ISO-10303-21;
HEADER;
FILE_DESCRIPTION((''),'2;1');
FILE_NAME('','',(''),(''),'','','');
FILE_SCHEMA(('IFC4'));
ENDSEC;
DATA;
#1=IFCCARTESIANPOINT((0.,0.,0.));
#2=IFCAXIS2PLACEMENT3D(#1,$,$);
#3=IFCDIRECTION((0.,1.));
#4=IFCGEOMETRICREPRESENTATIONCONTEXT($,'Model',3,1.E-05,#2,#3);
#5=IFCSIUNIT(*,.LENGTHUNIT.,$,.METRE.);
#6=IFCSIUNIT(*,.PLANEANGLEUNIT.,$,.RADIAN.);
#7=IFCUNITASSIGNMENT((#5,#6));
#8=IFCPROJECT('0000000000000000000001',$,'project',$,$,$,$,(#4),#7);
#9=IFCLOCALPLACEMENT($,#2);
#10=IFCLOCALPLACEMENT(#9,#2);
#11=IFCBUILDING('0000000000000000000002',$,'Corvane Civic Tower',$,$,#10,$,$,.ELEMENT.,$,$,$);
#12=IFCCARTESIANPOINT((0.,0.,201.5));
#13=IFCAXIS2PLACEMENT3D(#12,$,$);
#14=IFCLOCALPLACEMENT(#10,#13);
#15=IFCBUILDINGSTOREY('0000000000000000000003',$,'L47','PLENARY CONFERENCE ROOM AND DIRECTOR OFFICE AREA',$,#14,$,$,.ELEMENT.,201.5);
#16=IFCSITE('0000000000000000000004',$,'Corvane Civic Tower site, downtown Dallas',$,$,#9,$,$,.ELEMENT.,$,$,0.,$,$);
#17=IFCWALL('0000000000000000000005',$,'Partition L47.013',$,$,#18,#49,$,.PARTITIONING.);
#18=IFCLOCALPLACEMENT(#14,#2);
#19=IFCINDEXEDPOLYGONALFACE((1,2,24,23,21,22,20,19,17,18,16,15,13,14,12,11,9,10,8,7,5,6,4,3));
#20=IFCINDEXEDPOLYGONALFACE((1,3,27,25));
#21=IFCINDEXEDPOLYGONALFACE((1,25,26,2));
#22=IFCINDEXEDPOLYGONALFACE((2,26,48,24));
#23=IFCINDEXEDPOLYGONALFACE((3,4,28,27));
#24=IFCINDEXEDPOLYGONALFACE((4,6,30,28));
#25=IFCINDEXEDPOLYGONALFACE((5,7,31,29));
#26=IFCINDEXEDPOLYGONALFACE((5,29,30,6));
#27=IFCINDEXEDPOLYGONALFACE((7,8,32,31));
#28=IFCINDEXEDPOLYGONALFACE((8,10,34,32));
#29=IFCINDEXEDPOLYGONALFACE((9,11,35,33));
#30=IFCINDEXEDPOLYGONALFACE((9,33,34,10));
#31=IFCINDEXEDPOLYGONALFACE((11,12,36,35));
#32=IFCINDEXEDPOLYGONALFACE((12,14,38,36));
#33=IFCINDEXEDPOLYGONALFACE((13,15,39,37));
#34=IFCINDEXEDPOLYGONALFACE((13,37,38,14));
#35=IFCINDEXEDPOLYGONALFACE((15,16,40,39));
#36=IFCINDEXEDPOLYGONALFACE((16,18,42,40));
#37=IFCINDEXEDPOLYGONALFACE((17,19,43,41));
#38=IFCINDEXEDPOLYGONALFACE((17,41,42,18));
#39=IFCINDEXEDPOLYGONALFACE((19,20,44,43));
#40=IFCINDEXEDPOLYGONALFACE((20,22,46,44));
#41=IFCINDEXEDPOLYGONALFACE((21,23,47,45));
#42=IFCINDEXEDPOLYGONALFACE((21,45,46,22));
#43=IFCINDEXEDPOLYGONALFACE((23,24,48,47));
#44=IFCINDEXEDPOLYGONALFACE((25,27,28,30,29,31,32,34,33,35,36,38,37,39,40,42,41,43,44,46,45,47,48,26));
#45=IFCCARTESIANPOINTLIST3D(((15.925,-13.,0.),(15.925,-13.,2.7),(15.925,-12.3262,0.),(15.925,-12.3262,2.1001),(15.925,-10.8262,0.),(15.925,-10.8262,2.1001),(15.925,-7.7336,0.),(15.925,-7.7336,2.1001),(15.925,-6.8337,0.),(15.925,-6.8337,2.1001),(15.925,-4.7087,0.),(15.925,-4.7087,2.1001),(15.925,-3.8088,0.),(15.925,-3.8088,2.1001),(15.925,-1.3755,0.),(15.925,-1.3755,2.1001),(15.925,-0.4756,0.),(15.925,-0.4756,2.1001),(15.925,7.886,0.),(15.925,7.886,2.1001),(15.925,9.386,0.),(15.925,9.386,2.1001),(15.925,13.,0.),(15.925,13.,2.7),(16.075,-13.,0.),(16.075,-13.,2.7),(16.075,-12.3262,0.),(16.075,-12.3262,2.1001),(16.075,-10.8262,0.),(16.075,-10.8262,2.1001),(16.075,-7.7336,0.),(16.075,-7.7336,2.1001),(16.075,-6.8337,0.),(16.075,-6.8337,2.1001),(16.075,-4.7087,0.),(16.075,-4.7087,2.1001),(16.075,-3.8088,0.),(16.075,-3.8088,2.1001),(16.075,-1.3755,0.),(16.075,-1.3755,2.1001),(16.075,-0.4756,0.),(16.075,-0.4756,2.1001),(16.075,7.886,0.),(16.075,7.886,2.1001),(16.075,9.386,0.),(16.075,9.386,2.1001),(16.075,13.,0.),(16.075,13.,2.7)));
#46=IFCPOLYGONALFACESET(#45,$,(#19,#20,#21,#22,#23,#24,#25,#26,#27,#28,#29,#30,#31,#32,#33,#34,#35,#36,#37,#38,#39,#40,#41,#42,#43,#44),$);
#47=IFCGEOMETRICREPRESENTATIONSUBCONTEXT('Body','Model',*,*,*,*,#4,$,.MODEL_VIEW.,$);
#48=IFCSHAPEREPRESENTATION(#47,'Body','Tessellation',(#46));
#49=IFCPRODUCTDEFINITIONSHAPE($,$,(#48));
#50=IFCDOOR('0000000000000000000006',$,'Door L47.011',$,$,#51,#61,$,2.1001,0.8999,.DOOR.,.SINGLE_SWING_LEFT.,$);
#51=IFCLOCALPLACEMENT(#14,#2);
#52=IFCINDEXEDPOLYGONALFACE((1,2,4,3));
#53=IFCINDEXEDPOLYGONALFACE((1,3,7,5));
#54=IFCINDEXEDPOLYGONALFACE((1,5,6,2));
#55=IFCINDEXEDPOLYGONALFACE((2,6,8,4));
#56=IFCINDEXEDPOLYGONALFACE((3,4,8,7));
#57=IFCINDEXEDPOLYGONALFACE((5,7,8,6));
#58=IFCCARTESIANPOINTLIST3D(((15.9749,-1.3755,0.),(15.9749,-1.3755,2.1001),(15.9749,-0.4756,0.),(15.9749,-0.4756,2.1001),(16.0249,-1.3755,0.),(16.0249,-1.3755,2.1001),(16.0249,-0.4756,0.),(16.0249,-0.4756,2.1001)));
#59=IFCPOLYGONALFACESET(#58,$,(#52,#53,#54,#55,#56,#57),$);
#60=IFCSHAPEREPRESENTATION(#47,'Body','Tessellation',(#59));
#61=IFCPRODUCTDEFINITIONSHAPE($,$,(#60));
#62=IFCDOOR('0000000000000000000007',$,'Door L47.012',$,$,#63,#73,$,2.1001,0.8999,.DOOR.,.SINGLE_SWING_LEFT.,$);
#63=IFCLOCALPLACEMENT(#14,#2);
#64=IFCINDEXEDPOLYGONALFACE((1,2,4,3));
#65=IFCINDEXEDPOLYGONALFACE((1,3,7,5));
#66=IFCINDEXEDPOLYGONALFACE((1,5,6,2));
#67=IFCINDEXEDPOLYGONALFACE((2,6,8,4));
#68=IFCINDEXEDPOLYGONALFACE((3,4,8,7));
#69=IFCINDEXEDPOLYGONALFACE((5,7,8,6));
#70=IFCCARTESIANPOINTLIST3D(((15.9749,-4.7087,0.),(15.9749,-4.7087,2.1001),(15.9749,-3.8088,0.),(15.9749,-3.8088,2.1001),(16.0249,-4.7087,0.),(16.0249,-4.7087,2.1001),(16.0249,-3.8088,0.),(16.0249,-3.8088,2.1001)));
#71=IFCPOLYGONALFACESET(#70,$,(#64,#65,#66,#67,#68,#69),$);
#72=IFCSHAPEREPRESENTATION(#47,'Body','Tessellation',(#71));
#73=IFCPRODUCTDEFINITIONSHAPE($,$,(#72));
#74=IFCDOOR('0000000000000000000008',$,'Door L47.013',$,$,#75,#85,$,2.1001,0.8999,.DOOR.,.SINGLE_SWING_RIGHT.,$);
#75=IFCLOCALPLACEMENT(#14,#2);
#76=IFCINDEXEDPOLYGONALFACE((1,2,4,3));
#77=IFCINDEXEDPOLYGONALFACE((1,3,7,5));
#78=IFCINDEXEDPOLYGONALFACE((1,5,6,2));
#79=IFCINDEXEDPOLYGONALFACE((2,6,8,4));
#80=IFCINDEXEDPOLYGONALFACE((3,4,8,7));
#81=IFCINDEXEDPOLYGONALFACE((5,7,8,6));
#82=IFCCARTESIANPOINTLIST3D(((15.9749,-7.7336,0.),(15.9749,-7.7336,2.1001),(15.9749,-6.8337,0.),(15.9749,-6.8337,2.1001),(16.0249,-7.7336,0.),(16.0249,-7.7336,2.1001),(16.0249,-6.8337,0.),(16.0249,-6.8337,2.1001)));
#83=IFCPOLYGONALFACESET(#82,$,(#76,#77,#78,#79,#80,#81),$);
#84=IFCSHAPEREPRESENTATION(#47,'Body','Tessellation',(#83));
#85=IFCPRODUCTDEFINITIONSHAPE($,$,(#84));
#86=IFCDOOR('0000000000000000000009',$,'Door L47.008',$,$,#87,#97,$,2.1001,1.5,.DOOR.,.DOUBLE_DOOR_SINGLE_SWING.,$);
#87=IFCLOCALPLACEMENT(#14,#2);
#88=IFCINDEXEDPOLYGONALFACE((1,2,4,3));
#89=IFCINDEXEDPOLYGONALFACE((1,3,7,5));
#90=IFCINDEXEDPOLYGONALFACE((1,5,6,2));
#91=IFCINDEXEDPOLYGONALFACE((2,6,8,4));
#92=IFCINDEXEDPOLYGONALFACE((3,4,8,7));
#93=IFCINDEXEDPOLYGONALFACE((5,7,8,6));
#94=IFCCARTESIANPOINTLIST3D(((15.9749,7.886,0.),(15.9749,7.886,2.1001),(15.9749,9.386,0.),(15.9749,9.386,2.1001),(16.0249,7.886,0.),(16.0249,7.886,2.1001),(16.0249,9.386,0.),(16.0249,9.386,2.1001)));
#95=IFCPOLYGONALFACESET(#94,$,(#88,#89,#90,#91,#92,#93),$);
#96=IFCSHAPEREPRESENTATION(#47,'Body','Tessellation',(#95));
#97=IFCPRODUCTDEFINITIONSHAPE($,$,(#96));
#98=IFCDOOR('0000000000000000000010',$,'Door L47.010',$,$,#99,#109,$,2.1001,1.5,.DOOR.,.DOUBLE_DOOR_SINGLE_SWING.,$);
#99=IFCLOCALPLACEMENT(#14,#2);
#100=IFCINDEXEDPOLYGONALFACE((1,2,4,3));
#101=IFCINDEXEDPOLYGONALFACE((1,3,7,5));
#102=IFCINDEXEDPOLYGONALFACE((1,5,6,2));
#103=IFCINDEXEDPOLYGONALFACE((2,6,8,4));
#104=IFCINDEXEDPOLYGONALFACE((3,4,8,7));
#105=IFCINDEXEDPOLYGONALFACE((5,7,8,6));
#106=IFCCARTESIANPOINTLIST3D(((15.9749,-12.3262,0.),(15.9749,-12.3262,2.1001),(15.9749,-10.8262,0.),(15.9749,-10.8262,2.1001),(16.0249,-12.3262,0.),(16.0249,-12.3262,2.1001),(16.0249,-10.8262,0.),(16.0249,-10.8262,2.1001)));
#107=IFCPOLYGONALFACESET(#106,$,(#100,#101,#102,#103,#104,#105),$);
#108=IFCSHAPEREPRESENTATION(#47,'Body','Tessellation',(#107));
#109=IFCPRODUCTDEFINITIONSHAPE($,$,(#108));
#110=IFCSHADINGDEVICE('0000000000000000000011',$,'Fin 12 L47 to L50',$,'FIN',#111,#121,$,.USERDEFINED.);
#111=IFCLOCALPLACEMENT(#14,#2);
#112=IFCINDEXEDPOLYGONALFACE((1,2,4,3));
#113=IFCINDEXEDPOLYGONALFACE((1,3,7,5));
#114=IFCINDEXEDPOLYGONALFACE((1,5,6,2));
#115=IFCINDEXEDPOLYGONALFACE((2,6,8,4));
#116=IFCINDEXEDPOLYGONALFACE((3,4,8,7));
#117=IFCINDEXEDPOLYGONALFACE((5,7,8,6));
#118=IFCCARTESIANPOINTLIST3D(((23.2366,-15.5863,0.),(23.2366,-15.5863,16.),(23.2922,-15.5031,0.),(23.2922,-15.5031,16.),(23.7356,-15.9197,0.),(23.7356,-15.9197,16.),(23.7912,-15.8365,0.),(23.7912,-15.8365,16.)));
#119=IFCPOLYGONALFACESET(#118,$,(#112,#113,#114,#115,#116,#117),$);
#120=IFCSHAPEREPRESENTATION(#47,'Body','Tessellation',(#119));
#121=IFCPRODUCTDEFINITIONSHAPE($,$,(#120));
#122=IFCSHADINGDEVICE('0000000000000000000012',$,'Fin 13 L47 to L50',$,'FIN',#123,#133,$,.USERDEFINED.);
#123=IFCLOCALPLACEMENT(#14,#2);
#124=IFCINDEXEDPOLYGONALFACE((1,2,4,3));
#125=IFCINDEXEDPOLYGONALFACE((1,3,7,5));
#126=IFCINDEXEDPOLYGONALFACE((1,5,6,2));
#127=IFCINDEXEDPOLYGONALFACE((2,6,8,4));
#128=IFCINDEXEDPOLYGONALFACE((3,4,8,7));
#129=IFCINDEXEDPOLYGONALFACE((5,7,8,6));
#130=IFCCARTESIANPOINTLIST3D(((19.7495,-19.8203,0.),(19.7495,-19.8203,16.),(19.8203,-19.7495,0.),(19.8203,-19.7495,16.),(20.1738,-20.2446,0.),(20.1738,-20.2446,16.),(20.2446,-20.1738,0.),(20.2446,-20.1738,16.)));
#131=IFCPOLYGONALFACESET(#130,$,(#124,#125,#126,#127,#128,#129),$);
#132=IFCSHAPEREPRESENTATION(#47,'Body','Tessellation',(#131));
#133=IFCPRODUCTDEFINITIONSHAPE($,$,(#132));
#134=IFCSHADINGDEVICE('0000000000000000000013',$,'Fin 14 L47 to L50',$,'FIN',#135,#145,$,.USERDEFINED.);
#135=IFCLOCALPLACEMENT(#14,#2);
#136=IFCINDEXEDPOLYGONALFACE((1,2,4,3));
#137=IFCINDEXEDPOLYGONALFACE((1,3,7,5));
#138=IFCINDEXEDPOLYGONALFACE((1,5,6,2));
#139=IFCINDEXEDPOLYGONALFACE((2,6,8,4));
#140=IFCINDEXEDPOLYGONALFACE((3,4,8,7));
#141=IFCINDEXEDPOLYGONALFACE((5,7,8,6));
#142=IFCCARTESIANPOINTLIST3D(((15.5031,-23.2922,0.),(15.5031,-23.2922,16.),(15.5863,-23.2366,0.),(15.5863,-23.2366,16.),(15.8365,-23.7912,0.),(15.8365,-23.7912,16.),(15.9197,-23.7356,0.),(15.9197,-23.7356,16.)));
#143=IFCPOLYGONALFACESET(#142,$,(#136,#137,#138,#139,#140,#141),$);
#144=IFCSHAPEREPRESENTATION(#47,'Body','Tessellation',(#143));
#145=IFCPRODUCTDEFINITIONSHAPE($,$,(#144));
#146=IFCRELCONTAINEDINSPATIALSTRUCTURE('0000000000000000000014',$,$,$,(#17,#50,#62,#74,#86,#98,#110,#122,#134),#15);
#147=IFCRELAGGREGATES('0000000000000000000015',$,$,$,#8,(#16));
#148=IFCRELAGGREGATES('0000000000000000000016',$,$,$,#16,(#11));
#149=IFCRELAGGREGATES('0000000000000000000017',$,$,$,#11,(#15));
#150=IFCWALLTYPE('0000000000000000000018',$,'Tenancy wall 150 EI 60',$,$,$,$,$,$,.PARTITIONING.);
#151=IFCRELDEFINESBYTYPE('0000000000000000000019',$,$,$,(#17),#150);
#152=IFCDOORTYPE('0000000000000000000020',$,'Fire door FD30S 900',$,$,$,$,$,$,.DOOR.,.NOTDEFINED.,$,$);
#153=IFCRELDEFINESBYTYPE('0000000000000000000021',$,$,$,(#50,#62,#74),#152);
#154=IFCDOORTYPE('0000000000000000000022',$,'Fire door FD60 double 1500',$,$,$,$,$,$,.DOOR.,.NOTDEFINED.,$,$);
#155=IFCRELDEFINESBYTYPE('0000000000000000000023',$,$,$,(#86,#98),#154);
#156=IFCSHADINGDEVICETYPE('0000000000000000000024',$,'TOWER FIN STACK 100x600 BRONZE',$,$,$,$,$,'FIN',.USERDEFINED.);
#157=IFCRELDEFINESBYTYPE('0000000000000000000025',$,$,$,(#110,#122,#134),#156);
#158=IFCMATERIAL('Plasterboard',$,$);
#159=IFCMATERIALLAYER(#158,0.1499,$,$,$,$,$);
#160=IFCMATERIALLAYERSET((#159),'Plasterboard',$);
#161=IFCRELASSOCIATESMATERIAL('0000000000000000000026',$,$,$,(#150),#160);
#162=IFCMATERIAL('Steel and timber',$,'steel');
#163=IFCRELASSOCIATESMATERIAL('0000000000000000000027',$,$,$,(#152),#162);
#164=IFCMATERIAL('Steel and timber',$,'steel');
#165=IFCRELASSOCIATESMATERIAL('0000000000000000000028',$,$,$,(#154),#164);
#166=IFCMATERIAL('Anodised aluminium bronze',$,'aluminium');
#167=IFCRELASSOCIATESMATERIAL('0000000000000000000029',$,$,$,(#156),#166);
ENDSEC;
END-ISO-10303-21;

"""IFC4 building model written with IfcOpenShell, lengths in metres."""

from ifc_helpers import new_model, si_unit, direction, frame, frame_2d, origin, origin_2d, place, context, subcontext, project, spatial, rectangle, extrude, material, layer, layer_set, material_profile, profile_set, type_object, element, fill, save


model = new_model("IFC4")

# Units and contexts
model_context = context("Model", 3, precision=1e-05, world=origin(), true_north=direction((0.0, 1.0)))
body_context = subcontext(model_context, "Body", "Model", "MODEL_VIEW")
ifc_project = project(units=[si_unit("LENGTHUNIT", "METRE"), si_unit("PLANEANGLEUNIT", "RADIAN")], contexts=[model_context])

# Site, building, storey
site_placement = place(None, origin())
site = spatial("IfcSite", under=ifc_project, at=site_placement, Name="Corvane Civic Tower site, downtown Dallas", CompositionType="ELEMENT", RefElevation=0.0)
building_placement = place(site_placement, origin())
building = spatial("IfcBuilding", under=site, at=building_placement, Name="Corvane Civic Tower", CompositionType="ELEMENT")
storey_placement = place(building_placement, frame((0.0, 0.0, 201.5)))
storey = spatial("IfcBuildingStorey", under=building, at=storey_placement, Name="L47", Description="PLENARY CONFERENCE ROOM AND DIRECTOR OFFICE AREA", CompositionType="ELEMENT", Elevation=201.5)

# Wall, openings, doors
ifc_material_1 = material(Name="Plasterboard")
ifc_layer_1 = layer(ifc_material_1, 0.1499)
ifc_layer_set_1 = layer_set([ifc_layer_1], Name="Plasterboard")
wall_type_1 = type_object("IfcWallType", Name="Tenancy wall 150 EI 60", PredefinedType="PARTITIONING", material=ifc_layer_set_1)
wall_1_placement = place(storey_placement, frame((16.0, -13.0, 0.0), z_axis=(0.0, 0.0, 1.0), x_axis=(0.0, 1.0, 0.0)))
wall_1 = element("IfcWall", 1, at=wall_1_placement, inside=storey, type_object=wall_type_1, Name="Partition L47.013", PredefinedType="PARTITIONING", context=body_context, shape_type="SweptSolid", body=[
    extrude(rectangle(XDim=26.0, YDim=0.1499, at=frame_2d((13.0, 0.0))), origin(), (0.0, 0.0, 1.0), 2.7),
])
opening_1_placement = place(wall_1_placement, frame((20.886, 0.0, 0.0)))
opening_1 = element("IfcOpeningElement", 2, at=opening_1_placement, cuts=wall_1, PredefinedType="OPENING", context=body_context, shape_type="SweptSolid", body=[
    extrude(rectangle(XDim=1.5, YDim=2.1001, at=frame_2d((0.75, 1.05))), frame((0.0, 0.085, 0.0), z_axis=(0.0, -1.0, 0.0), x_axis=(1.0, 0.0, 0.0)), (0.0, 0.0, 1.0), 0.1699),
])
opening_2_placement = place(wall_1_placement, frame((0.6738, 0.0, 0.0)))
opening_2 = element("IfcOpeningElement", 3, at=opening_2_placement, cuts=wall_1, PredefinedType="OPENING", context=body_context, shape_type="SweptSolid", body=[
    extrude(rectangle(XDim=1.5, YDim=2.1001, at=frame_2d((0.75, 1.05))), frame((0.0, 0.085, 0.0), z_axis=(0.0, -1.0, 0.0), x_axis=(1.0, 0.0, 0.0)), (0.0, 0.0, 1.0), 0.1699),
])
opening_3_placement = place(wall_1_placement, frame((11.6245, 0.0, 0.0)))
opening_3 = element("IfcOpeningElement", 4, at=opening_3_placement, cuts=wall_1, PredefinedType="OPENING", context=body_context, shape_type="SweptSolid", body=[
    extrude(rectangle(XDim=0.8999, YDim=2.1001, at=frame_2d((0.45, 1.05))), frame((0.0, 0.085, 0.0), z_axis=(0.0, -1.0, 0.0), x_axis=(1.0, 0.0, 0.0)), (0.0, 0.0, 1.0), 0.1699),
])
opening_4_placement = place(wall_1_placement, frame((8.2913, 0.0, 0.0)))
opening_4 = element("IfcOpeningElement", 5, at=opening_4_placement, cuts=wall_1, PredefinedType="OPENING", context=body_context, shape_type="SweptSolid", body=[
    extrude(rectangle(XDim=0.8999, YDim=2.1001, at=frame_2d((0.45, 1.05))), frame((0.0, 0.085, 0.0), z_axis=(0.0, -1.0, 0.0), x_axis=(1.0, 0.0, 0.0)), (0.0, 0.0, 1.0), 0.1699),
])
opening_5_placement = place(wall_1_placement, frame((5.2664, 0.0, 0.0)))
opening_5 = element("IfcOpeningElement", 6, at=opening_5_placement, cuts=wall_1, PredefinedType="OPENING", context=body_context, shape_type="SweptSolid", body=[
    extrude(rectangle(XDim=0.8999, YDim=2.1001, at=frame_2d((0.45, 1.05))), frame((0.0, 0.085, 0.0), z_axis=(0.0, -1.0, 0.0), x_axis=(1.0, 0.0, 0.0)), (0.0, 0.0, 1.0), 0.1699),
])
ifc_material_2 = material(Name="Steel and timber", Category="steel")
door_type_1 = type_object("IfcDoorType", Name="Fire door FD30S 900", OperationType="NOTDEFINED", PredefinedType="DOOR", material=ifc_material_2)
door_1_placement = place(opening_3_placement, frame((0.8999, 0.0, 0.0), z_axis=(0.0, 0.0, 1.0), x_axis=(-1.0, 0.0, 0.0)))
door_1 = element("IfcDoor", 7, at=door_1_placement, inside=storey, type_object=door_type_1, Name="Door L47.011", OperationType="SINGLE_SWING_LEFT", OverallHeight=2.1001, OverallWidth=0.8999, PredefinedType="DOOR", context=body_context, shape_type="SweptSolid", body=[
    extrude(rectangle(XDim=0.8999, YDim=2.1001, at=frame_2d((0.45, 1.05))), frame((0.0, 0.0249, 0.0), z_axis=(0.0, -1.0, 0.0), x_axis=(1.0, 0.0, 0.0)), (0.0, 0.0, 1.0), 0.05),
])
fill(opening_3, door_1)
door_2_placement = place(opening_4_placement, frame((0.8999, 0.0, 0.0), z_axis=(0.0, 0.0, 1.0), x_axis=(-1.0, 0.0, 0.0)))
door_2 = element("IfcDoor", 8, at=door_2_placement, inside=storey, type_object=door_type_1, Name="Door L47.012", OperationType="SINGLE_SWING_LEFT", OverallHeight=2.1001, OverallWidth=0.8999, PredefinedType="DOOR", context=body_context, shape_type="SweptSolid", body=[
    extrude(rectangle(XDim=0.8999, YDim=2.1001, at=frame_2d((0.45, 1.05))), frame((0.0, 0.0249, 0.0), z_axis=(0.0, -1.0, 0.0), x_axis=(1.0, 0.0, 0.0)), (0.0, 0.0, 1.0), 0.05),
])
fill(opening_4, door_2)
door_3_placement = place(opening_5_placement, frame((0.8999, 0.0, 0.0), z_axis=(0.0, 0.0, 1.0), x_axis=(-1.0, 0.0, 0.0)))
door_3 = element("IfcDoor", 9, at=door_3_placement, inside=storey, type_object=door_type_1, Name="Door L47.013", OperationType="SINGLE_SWING_RIGHT", OverallHeight=2.1001, OverallWidth=0.8999, PredefinedType="DOOR", context=body_context, shape_type="SweptSolid", body=[
    extrude(rectangle(XDim=0.8999, YDim=2.1001, at=frame_2d((0.45, 1.05))), frame((0.0, 0.0249, 0.0), z_axis=(0.0, -1.0, 0.0), x_axis=(1.0, 0.0, 0.0)), (0.0, 0.0, 1.0), 0.05),
])
fill(opening_5, door_3)
ifc_material_3 = material(Name="Steel and timber", Category="steel")
door_type_2 = type_object("IfcDoorType", Name="Fire door FD60 double 1500", OperationType="NOTDEFINED", PredefinedType="DOOR", material=ifc_material_3)
door_4_placement = place(opening_1_placement, frame((1.5, 0.0, 0.0), z_axis=(0.0, 0.0, 1.0), x_axis=(-1.0, 0.0, 0.0)))
door_4 = element("IfcDoor", 10, at=door_4_placement, inside=storey, type_object=door_type_2, Name="Door L47.008", OperationType="DOUBLE_DOOR_SINGLE_SWING", OverallHeight=2.1001, OverallWidth=1.5, PredefinedType="DOOR", context=body_context, shape_type="SweptSolid", body=[
    extrude(rectangle(XDim=1.5, YDim=2.1001, at=frame_2d((0.75, 1.05))), frame((0.0, 0.0249, 0.0), z_axis=(0.0, -1.0, 0.0), x_axis=(1.0, 0.0, 0.0)), (0.0, 0.0, 1.0), 0.05),
])
fill(opening_1, door_4)
door_5_placement = place(opening_2_placement, frame((1.5, 0.0, 0.0), z_axis=(0.0, 0.0, 1.0), x_axis=(-1.0, 0.0, 0.0)))
door_5 = element("IfcDoor", 11, at=door_5_placement, inside=storey, type_object=door_type_2, Name="Door L47.010", OperationType="DOUBLE_DOOR_SINGLE_SWING", OverallHeight=2.1001, OverallWidth=1.5, PredefinedType="DOOR", context=body_context, shape_type="SweptSolid", body=[
    extrude(rectangle(XDim=1.5, YDim=2.1001, at=frame_2d((0.75, 1.05))), frame((0.0, 0.0249, 0.0), z_axis=(0.0, -1.0, 0.0), x_axis=(1.0, 0.0, 0.0)), (0.0, 0.0, 1.0), 0.05),
])
fill(opening_2, door_5)

# Shading devices
ifc_material_4 = material(Name="Anodised aluminium bronze", Category="aluminium")
ifc_material_profile_1 = material_profile(ifc_material_4, rectangle(XDim=0.1001, YDim=0.6001, at=origin_2d()), Name="TOWER FIN STACK 100x600 BRONZE")
ifc_profile_set_1 = profile_set([ifc_material_profile_1], Name="Anodised aluminium bronze")
shading_device_type = type_object("IfcShadingDeviceType", Name="TOWER FIN STACK 100x600 BRONZE", ElementType="FIN", PredefinedType="USERDEFINED", material=ifc_profile_set_1)
for number, where, z_axis, x_axis, name in (
    (12, (23.5139, -15.7114, 0.0), (0.0, 0.0, 1.0), (-0.55557, -0.83147, 0.0), "Fin 12 L47 to L50"),
    (13, (19.9971, -19.9971, 0.0), (0.0, 0.0, 1.0), (-0.707107, -0.707107, 0.0), "Fin 13 L47 to L50"),
    (14, (15.7114, -23.5139, 0.0), (0.0, 0.0, 1.0), (-0.83147, -0.55557, 0.0), "Fin 14 L47 to L50"),
):
    element("IfcShadingDevice", number, at=place(storey_placement, frame(where, z_axis=z_axis, x_axis=x_axis)), inside=storey, type_object=shading_device_type, Name=name, ObjectType="FIN", PredefinedType="USERDEFINED", context=body_context, shape_type="SweptSolid", body=[
        extrude(rectangle(XDim=0.1001, YDim=0.6001, at=origin_2d()), origin(), (0.0, 0.0, 1.0), 16.0),
    ])

save(model, "model.ifc")
